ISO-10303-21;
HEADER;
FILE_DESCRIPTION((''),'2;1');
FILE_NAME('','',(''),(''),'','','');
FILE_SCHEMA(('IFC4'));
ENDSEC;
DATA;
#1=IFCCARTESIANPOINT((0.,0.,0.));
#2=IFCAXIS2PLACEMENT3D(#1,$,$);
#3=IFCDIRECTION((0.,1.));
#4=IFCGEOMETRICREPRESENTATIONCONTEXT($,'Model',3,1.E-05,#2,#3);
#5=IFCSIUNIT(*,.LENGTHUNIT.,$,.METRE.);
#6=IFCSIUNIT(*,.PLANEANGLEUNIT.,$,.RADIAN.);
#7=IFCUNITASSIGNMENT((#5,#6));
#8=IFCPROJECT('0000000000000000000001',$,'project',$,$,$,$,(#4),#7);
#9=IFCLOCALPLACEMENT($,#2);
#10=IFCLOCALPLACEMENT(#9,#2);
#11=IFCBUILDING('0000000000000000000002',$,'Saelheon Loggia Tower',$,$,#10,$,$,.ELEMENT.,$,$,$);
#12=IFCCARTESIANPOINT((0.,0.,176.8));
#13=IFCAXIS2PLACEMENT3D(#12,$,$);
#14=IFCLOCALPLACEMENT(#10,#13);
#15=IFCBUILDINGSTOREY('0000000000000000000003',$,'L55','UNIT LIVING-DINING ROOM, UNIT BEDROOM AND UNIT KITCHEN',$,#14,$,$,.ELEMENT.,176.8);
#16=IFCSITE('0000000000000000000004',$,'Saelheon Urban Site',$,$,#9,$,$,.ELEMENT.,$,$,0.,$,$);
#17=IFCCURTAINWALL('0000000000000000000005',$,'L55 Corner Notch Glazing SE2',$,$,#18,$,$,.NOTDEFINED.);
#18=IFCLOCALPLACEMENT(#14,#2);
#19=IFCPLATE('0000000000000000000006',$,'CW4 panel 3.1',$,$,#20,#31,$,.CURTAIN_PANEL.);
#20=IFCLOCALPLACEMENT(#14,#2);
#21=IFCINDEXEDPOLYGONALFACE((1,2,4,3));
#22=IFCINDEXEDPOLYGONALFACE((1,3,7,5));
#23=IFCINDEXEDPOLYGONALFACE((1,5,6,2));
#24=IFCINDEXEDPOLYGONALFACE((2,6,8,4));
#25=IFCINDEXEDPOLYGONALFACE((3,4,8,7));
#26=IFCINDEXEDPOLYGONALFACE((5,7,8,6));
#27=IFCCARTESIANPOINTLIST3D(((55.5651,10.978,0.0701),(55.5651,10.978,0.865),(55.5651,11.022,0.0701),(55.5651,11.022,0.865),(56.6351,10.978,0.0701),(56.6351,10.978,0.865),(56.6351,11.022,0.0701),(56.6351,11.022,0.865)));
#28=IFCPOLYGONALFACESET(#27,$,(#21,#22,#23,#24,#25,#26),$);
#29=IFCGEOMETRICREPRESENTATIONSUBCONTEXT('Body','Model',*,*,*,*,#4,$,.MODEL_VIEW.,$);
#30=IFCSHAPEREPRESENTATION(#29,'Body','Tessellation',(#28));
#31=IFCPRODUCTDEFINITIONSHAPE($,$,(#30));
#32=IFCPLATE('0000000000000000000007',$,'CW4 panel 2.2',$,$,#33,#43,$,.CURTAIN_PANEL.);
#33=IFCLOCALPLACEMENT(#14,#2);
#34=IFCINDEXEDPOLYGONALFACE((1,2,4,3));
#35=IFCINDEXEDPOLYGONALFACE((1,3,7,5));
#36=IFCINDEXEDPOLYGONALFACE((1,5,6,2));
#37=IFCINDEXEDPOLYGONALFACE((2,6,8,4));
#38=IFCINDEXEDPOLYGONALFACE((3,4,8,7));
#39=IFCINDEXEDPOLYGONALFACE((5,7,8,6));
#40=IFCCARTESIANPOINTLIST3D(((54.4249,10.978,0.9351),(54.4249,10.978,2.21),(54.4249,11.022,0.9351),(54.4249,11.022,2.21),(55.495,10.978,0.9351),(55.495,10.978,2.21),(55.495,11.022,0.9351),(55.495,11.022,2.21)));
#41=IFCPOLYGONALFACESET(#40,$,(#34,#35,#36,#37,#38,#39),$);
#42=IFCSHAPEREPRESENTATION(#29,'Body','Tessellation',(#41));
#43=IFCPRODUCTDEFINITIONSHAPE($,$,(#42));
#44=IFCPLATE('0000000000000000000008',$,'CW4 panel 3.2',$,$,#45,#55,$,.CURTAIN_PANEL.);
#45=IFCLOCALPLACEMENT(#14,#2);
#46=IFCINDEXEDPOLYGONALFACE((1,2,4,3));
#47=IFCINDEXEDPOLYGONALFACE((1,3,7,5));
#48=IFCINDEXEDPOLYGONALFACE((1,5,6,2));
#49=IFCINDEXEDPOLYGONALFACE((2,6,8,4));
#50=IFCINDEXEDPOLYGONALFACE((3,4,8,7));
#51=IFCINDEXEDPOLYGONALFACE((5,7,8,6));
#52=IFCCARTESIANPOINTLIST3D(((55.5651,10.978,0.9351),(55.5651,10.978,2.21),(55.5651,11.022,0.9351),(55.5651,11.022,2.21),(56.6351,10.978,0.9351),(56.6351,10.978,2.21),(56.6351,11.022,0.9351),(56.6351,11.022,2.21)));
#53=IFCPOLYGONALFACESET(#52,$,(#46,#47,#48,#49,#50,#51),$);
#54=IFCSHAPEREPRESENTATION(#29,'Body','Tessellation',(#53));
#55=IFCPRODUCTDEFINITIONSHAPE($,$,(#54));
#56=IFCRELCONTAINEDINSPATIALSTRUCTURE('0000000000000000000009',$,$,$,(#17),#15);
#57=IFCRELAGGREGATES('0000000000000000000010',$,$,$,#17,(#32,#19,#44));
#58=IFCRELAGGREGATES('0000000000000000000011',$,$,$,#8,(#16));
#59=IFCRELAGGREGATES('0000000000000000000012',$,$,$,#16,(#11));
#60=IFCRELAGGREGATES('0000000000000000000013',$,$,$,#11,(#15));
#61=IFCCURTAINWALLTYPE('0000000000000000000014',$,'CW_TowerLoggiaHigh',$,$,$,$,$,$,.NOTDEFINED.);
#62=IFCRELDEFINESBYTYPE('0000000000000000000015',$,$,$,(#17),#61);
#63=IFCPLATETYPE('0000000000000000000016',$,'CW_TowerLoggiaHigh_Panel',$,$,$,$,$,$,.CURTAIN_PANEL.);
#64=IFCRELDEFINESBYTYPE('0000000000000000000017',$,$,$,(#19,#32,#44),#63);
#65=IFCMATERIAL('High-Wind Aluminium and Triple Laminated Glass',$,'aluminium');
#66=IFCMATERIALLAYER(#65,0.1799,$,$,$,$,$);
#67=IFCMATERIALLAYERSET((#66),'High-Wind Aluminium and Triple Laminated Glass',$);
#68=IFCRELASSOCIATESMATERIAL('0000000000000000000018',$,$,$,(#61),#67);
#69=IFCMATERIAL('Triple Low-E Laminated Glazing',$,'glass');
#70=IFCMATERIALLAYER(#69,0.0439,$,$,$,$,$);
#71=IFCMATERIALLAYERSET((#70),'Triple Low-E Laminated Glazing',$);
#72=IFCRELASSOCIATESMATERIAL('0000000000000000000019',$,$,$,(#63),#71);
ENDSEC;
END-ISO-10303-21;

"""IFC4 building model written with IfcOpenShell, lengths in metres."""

from ifc_helpers import new_model, si_unit, direction, frame, origin, origin_2d, place, context, subcontext, project, spatial, rectangle, extrude, source, transform, mapped, material, layer, layer_set, type_object, element, aggregate, save


model = new_model("IFC4")

# Units and contexts
model_context = context("Model", 3, precision=1e-05, world=origin(), true_north=direction((0.0, 1.0)))
body_context = subcontext(model_context, "Body", "Model", "MODEL_VIEW")
ifc_project = project(units=[si_unit("LENGTHUNIT", "METRE"), si_unit("PLANEANGLEUNIT", "RADIAN")], contexts=[model_context])

# Site, building, storey
site_placement = place(None, origin())
site = spatial("IfcSite", under=ifc_project, at=site_placement, Name="Saelheon Urban Site", CompositionType="ELEMENT", RefElevation=0.0)
building_placement = place(site_placement, origin())
building = spatial("IfcBuilding", under=site, at=building_placement, Name="Saelheon Loggia Tower", CompositionType="ELEMENT")
storey_placement = place(building_placement, frame((0.0, 0.0, 176.8)))
storey = spatial("IfcBuildingStorey", under=building, at=storey_placement, Name="L55", Description="UNIT LIVING-DINING ROOM, UNIT BEDROOM AND UNIT KITCHEN", CompositionType="ELEMENT", Elevation=176.8)

# Curtain wall, plates
ifc_material_1 = material(Name="High-Wind Aluminium and Triple Laminated Glass", Category="aluminium")
ifc_layer_1 = layer(ifc_material_1, 0.1799)
ifc_layer_set_1 = layer_set([ifc_layer_1], Name="High-Wind Aluminium and Triple Laminated Glass")
curtain_wall_type = type_object("IfcCurtainWallType", Name="CW_TowerLoggiaHigh", PredefinedType="NOTDEFINED", material=ifc_layer_set_1)
curtain_wall_placement = place(storey_placement, origin())
curtain_wall = element("IfcCurtainWall", 1, at=curtain_wall_placement, inside=storey, type_object=curtain_wall_type, Name="L55 Corner Notch Glazing SE2", PredefinedType="NOTDEFINED")
ifc_material_2 = material(Name="Triple Low-E Laminated Glazing", Category="glass")
ifc_layer_2 = layer(ifc_material_2, 0.0439)
ifc_layer_set_2 = layer_set([ifc_layer_2], Name="Triple Low-E Laminated Glazing")
plate_type = type_object("IfcPlateType", Name="CW_TowerLoggiaHigh_Panel", PredefinedType="CURTAIN_PANEL", material=ifc_layer_set_2)
shared_shape_1 = source(origin(), body_context, "Body", "SweptSolid", [
    extrude(rectangle(XDim=1.0701, YDim=0.0439, at=origin_2d()), origin(), (0.0, 0.0, 1.0), 0.7949),
])
plate_1_placement = place(storey_placement, frame((56.1001, 11.0, 0.0701), z_axis=(0.0, 0.0, 1.0), x_axis=(1.0, 0.0, 0.0)))
plate_1 = element("IfcPlate", 2, at=plate_1_placement, type_object=plate_type, Name="CW4 panel 3.1", PredefinedType="CURTAIN_PANEL", context=body_context, shape_type="MappedRepresentation", body=[
    mapped(shared_shape_1, transform((0.0, 0.0, 0.0), scale=1.0)),
])
shared_shape_2 = source(origin(), body_context, "Body", "SweptSolid", [
    extrude(rectangle(XDim=1.0701, YDim=0.0439, at=origin_2d()), origin(), (0.0, 0.0, 1.0), 1.2749),
])
plate_2_placement = place(storey_placement, frame((54.96, 11.0, 0.9351), z_axis=(0.0, 0.0, 1.0), x_axis=(1.0, 0.0, 0.0)))
plate_2 = element("IfcPlate", 3, at=plate_2_placement, type_object=plate_type, Name="CW4 panel 2.2", PredefinedType="CURTAIN_PANEL", context=body_context, shape_type="MappedRepresentation", body=[
    mapped(shared_shape_2, transform((0.0, 0.0, 0.0), scale=1.0)),
])
plate_3_placement = place(storey_placement, frame((56.1001, 11.0, 0.9351), z_axis=(0.0, 0.0, 1.0), x_axis=(1.0, 0.0, 0.0)))
plate_3 = element("IfcPlate", 4, at=plate_3_placement, type_object=plate_type, Name="CW4 panel 3.2", PredefinedType="CURTAIN_PANEL", context=body_context, shape_type="MappedRepresentation", body=[
    mapped(shared_shape_2, transform((0.0, 0.0, 0.0), scale=1.0)),
])
aggregate(curtain_wall, [plate_2, plate_1, plate_3])

save(model, "model.ifc")
